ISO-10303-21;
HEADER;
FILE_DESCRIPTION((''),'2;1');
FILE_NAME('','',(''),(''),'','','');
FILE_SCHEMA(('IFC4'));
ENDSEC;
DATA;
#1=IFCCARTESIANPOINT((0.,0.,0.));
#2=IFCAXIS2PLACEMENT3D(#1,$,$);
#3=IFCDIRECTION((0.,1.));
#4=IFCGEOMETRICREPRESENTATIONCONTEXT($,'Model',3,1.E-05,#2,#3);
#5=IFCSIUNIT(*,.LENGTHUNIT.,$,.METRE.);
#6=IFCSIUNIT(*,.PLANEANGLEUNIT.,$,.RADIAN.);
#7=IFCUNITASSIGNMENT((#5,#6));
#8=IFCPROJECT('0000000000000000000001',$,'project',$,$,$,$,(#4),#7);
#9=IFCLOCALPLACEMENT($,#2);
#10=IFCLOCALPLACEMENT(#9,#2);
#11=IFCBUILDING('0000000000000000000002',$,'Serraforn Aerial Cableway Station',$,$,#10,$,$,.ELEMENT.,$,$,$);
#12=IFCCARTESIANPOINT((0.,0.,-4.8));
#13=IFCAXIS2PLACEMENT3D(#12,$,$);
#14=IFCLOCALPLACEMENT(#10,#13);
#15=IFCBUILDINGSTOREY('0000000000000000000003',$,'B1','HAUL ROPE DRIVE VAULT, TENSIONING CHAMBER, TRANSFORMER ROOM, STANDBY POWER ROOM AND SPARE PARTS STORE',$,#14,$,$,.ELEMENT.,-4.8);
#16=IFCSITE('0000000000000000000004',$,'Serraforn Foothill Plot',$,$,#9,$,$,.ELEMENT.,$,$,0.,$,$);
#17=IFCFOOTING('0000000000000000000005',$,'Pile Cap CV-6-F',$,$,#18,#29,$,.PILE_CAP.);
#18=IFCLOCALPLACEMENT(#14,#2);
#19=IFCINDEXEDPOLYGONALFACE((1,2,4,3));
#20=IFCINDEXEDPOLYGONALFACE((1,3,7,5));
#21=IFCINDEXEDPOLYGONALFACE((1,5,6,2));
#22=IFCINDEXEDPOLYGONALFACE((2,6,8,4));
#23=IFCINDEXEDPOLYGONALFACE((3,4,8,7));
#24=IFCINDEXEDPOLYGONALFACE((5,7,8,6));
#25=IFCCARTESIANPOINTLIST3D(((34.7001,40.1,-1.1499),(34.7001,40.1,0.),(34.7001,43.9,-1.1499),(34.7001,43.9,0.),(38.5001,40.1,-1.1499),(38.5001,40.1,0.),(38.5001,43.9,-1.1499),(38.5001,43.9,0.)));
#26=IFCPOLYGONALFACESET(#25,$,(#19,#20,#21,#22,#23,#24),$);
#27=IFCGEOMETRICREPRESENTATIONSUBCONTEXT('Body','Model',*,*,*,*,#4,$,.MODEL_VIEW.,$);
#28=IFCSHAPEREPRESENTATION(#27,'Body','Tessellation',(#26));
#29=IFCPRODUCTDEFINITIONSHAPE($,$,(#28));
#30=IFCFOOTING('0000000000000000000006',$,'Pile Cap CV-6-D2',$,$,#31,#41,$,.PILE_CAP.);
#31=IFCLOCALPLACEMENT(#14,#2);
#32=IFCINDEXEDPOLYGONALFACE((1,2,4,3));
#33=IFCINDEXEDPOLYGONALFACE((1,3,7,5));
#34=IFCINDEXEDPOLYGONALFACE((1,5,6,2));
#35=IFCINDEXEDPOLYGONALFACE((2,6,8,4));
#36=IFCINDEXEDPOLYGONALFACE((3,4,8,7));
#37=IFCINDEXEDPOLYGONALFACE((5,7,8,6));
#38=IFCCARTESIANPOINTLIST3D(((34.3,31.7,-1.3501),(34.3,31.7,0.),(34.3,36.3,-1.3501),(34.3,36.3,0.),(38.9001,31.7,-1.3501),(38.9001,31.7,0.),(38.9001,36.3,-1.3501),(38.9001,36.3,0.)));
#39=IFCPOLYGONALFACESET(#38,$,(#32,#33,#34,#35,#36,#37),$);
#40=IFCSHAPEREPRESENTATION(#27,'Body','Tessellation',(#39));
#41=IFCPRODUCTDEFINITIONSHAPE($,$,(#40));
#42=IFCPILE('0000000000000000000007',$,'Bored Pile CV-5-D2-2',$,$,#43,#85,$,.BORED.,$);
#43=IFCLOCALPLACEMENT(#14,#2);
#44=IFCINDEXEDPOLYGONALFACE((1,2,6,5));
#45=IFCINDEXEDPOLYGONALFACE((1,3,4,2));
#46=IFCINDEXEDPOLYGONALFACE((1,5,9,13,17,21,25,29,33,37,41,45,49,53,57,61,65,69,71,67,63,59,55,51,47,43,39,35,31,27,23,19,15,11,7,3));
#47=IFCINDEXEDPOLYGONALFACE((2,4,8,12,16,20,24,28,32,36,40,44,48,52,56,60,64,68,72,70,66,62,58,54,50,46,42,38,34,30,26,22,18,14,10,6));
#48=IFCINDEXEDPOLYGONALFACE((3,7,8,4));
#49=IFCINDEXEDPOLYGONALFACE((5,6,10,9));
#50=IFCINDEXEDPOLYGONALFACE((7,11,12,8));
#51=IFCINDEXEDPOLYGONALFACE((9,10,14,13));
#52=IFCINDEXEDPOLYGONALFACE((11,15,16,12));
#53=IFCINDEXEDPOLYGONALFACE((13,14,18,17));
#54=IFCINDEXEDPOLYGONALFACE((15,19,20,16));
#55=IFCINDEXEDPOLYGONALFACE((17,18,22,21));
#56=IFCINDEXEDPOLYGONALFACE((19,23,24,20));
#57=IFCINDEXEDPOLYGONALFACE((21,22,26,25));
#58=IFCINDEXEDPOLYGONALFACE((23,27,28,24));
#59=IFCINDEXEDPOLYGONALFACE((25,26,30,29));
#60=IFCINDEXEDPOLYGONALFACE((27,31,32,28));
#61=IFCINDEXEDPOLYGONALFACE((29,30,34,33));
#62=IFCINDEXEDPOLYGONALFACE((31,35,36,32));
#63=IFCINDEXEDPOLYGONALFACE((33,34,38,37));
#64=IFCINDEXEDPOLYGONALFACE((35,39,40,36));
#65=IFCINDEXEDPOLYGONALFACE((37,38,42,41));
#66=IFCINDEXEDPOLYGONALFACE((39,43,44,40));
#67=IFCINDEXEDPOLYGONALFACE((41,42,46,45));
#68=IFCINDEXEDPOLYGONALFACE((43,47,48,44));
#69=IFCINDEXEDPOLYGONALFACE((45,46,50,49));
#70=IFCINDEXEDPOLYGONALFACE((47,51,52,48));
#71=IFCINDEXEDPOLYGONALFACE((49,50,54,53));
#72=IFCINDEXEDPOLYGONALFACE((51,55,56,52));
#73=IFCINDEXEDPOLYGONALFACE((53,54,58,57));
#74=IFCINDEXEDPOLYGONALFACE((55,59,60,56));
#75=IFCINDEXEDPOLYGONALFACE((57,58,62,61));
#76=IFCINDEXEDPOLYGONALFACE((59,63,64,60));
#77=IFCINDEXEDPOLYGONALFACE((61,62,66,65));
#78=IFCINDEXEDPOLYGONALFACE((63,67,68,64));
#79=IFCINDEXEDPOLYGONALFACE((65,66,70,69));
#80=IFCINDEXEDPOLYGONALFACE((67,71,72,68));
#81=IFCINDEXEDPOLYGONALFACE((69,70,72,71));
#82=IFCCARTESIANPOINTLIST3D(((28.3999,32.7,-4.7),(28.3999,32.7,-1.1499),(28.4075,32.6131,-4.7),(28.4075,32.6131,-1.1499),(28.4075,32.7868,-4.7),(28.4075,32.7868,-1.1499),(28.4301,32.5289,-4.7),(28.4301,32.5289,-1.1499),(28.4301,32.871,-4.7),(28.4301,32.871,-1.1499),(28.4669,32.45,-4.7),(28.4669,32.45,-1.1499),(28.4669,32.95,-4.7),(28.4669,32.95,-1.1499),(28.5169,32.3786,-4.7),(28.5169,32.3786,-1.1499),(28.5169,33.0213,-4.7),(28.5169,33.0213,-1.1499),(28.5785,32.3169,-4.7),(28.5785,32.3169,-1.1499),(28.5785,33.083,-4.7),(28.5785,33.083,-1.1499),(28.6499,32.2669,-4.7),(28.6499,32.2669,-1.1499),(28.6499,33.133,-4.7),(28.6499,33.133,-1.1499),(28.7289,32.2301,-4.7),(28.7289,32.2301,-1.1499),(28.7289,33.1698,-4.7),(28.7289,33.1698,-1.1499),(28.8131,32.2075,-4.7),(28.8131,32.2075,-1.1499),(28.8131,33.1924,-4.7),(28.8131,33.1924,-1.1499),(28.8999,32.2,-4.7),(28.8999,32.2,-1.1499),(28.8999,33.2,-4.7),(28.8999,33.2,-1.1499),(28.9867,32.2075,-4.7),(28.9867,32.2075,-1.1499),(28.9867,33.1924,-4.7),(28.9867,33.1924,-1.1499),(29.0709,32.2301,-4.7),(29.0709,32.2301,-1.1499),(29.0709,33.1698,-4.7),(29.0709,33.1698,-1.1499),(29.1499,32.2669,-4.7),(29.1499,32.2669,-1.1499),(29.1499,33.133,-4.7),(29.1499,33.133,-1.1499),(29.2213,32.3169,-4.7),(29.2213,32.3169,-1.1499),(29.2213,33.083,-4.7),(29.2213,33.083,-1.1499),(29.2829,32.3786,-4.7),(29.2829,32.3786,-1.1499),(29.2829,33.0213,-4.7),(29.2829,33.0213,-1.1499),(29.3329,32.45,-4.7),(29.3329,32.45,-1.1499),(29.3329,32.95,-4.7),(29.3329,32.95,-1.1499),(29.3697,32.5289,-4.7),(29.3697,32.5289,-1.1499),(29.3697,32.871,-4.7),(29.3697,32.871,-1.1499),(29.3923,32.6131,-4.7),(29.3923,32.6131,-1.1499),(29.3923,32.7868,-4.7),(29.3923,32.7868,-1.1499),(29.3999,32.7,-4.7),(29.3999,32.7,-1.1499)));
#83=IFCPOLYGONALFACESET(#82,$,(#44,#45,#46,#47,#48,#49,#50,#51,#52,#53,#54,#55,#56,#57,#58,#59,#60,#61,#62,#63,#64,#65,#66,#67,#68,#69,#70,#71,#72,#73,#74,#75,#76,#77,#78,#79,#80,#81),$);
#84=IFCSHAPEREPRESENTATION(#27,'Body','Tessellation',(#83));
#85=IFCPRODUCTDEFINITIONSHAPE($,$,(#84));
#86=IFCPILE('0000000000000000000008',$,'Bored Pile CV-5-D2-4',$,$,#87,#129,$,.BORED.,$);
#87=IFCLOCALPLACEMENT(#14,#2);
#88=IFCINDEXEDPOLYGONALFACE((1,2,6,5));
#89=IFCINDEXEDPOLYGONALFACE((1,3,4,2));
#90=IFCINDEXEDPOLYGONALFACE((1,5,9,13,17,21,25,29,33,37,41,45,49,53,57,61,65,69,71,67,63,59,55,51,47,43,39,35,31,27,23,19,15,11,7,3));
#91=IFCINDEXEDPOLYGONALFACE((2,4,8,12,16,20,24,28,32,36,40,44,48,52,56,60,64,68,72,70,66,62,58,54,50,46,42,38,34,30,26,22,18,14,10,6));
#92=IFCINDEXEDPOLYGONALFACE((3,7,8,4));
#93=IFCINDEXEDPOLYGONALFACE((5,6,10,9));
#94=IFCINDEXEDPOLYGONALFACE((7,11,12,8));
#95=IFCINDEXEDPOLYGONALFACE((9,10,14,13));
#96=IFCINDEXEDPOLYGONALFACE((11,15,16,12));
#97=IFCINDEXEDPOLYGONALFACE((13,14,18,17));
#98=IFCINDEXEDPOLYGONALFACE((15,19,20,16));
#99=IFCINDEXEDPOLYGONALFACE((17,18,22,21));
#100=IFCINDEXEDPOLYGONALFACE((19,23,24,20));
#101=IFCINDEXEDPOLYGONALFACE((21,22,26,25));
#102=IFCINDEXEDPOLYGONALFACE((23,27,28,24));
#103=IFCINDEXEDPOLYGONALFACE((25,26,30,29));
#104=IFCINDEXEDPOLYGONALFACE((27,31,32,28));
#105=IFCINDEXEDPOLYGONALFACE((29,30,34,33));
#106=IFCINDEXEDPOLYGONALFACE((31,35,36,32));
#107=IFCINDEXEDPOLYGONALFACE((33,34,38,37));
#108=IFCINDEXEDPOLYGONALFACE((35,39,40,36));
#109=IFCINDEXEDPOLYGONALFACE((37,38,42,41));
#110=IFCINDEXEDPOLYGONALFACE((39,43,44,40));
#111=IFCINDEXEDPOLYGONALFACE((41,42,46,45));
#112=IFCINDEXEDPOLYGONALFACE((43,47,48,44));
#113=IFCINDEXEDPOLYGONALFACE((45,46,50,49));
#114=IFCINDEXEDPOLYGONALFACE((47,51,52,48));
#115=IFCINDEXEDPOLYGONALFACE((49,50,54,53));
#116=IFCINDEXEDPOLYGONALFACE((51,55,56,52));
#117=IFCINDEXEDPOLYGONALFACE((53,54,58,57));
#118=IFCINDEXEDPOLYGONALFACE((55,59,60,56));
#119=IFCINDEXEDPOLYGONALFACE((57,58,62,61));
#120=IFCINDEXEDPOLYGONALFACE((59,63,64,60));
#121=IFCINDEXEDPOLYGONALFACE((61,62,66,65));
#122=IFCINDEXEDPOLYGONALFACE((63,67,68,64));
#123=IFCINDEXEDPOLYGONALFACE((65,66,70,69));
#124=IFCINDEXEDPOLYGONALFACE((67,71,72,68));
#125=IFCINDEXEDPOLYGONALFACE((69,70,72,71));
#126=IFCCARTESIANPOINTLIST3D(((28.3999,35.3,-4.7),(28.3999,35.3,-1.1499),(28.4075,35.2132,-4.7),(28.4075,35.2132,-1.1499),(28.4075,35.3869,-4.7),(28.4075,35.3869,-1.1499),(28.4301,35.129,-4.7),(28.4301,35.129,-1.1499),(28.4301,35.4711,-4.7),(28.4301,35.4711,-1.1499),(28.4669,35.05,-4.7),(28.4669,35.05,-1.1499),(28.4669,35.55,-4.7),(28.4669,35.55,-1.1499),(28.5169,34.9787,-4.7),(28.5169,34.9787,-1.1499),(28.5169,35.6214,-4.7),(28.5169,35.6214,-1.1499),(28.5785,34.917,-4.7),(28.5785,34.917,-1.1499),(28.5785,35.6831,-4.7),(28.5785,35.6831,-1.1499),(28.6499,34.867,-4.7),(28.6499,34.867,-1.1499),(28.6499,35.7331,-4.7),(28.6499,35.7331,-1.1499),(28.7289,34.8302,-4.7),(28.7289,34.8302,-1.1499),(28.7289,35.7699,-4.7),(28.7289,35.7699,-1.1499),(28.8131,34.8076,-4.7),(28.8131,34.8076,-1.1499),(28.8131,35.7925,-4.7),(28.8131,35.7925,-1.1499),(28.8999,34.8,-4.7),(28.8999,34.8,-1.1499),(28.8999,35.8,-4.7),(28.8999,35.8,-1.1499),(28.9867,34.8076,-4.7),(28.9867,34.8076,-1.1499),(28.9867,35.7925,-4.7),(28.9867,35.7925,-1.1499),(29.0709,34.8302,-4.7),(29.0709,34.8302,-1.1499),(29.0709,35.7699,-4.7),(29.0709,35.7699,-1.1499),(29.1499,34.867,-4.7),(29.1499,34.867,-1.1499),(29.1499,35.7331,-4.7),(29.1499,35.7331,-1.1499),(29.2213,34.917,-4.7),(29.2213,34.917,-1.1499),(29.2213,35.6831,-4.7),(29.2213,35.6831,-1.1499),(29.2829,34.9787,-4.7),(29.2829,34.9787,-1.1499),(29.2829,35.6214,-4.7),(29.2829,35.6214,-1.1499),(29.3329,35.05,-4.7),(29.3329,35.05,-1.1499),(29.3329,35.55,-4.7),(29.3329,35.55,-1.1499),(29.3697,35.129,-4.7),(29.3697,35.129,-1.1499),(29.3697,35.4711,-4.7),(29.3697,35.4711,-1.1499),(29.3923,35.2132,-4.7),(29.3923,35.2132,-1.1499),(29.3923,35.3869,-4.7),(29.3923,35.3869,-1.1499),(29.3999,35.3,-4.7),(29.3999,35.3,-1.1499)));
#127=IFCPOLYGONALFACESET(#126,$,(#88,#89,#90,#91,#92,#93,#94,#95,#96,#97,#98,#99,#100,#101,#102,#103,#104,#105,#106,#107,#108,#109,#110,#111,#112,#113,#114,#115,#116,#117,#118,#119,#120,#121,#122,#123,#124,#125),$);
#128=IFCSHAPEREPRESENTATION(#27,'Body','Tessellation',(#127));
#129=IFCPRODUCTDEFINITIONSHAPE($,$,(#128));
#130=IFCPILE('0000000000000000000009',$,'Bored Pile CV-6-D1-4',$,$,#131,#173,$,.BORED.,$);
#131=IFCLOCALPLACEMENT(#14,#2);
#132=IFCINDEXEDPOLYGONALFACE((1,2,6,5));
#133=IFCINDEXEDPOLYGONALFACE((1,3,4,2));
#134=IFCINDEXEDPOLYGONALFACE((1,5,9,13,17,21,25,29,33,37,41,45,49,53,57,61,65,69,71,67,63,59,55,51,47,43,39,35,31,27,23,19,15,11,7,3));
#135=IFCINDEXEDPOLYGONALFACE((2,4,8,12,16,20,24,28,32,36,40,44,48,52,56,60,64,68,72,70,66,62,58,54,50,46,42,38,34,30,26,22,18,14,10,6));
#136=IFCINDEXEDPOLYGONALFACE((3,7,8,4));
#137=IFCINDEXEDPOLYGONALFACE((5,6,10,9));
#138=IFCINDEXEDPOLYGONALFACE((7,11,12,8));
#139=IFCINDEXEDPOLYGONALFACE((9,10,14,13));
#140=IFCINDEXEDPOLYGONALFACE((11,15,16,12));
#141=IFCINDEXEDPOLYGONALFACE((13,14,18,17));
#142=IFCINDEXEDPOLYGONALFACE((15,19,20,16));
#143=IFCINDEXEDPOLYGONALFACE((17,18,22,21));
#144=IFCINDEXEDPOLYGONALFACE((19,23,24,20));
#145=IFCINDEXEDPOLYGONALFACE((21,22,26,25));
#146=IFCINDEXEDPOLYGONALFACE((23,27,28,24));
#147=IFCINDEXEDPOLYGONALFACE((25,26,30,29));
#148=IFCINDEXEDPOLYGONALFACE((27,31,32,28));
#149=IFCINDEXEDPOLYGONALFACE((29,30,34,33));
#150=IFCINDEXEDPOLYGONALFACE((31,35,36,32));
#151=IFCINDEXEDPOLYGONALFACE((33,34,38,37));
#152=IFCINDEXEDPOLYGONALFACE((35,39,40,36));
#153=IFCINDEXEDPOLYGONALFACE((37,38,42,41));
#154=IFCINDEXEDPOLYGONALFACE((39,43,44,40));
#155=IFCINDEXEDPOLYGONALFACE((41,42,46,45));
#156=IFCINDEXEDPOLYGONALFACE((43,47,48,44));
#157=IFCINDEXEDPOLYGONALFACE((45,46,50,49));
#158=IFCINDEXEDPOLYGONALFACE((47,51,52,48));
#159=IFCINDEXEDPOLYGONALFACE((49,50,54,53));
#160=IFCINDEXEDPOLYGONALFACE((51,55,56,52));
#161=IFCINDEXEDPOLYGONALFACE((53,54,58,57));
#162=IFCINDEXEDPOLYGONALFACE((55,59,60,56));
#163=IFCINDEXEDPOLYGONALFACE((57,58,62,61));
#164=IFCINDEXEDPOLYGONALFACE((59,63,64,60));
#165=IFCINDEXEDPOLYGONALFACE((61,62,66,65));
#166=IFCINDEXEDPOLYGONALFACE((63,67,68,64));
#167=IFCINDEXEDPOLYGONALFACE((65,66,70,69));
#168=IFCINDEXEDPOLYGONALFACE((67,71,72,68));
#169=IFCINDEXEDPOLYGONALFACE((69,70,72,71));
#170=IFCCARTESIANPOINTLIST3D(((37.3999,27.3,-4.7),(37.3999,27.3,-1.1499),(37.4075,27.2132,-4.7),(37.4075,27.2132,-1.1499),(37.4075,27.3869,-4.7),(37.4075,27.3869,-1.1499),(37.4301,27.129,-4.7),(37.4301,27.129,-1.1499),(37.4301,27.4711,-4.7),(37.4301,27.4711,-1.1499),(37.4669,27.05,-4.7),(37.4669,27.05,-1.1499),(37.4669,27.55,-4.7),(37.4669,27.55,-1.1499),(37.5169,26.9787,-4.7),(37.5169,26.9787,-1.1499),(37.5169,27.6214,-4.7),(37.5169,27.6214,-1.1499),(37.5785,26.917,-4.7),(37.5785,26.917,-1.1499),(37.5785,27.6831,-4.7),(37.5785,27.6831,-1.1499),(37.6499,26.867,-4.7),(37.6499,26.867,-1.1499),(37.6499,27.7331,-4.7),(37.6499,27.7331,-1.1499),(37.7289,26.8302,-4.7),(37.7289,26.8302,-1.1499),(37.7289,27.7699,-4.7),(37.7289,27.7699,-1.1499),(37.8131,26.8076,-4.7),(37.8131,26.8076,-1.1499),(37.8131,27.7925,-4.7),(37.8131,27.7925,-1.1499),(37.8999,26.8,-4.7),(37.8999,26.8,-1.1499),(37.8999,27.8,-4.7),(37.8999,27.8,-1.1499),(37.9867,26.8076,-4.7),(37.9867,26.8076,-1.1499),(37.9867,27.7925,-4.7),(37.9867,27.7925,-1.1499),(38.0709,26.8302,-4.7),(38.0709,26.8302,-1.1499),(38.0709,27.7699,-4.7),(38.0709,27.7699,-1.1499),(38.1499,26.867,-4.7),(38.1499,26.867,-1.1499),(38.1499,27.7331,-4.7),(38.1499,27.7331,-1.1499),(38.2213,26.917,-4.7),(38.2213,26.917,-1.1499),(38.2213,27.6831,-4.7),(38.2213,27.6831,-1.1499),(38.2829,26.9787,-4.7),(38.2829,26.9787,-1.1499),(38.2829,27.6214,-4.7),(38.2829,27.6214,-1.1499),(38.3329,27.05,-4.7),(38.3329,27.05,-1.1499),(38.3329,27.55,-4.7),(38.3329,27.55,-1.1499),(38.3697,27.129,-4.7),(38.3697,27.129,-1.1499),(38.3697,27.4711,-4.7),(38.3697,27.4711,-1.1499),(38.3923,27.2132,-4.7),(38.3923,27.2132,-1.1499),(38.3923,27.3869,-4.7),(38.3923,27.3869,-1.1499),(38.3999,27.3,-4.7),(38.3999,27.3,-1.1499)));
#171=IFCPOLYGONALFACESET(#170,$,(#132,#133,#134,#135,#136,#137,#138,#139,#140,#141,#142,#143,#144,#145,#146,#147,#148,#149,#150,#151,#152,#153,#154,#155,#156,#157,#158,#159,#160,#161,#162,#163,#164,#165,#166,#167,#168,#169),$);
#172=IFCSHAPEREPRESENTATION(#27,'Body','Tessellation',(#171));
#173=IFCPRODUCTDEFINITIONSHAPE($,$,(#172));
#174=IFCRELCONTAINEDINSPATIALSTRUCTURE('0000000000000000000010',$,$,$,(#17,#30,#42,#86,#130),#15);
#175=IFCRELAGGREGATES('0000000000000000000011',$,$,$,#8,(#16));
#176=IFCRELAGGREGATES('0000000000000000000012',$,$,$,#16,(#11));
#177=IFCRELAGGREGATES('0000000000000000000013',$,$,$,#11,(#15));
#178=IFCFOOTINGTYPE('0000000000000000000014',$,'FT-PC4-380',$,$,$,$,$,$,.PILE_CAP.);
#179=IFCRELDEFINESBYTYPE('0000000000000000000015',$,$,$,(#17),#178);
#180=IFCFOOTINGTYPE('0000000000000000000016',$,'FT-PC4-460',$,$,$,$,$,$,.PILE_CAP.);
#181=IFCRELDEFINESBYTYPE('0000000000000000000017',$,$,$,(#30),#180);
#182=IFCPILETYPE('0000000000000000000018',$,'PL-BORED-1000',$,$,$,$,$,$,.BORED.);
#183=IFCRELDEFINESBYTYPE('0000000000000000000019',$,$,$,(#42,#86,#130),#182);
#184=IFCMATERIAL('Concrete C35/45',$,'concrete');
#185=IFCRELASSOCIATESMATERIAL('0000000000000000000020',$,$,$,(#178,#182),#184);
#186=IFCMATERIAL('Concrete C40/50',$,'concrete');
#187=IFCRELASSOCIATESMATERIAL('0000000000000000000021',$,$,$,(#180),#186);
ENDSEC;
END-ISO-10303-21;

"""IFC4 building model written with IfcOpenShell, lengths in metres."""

from ifc_helpers import new_model, si_unit, direction, frame, origin, origin_2d, place, context, subcontext, project, spatial, rectangle, circle, extrude, material, material_profile, profile_set, type_object, element, save


model = new_model("IFC4")

# Units and contexts
model_context = context("Model", 3, precision=1e-05, world=origin(), true_north=direction((0.0, 1.0)))
body_context = subcontext(model_context, "Body", "Model", "MODEL_VIEW")
ifc_project = project(units=[si_unit("LENGTHUNIT", "METRE"), si_unit("PLANEANGLEUNIT", "RADIAN")], contexts=[model_context])

# Site, building, storey
site_placement = place(None, origin())
site = spatial("IfcSite", under=ifc_project, at=site_placement, Name="Serraforn Foothill Plot", CompositionType="ELEMENT", RefElevation=0.0)
building_placement = place(site_placement, origin())
building = spatial("IfcBuilding", under=site, at=building_placement, Name="Serraforn Aerial Cableway Station", CompositionType="ELEMENT")
storey_placement = place(building_placement, frame((0.0, 0.0, -4.8)))
storey = spatial("IfcBuildingStorey", under=building, at=storey_placement, Name="B1", Description="HAUL ROPE DRIVE VAULT, TENSIONING CHAMBER, TRANSFORMER ROOM, STANDBY POWER ROOM AND SPARE PARTS STORE", CompositionType="ELEMENT", Elevation=-4.8)

# Footings
ifc_material_1 = material(Name="Concrete C35/45", Category="concrete")
footing_type_1 = type_object("IfcFootingType", Name="FT-PC4-380", PredefinedType="PILE_CAP", material=ifc_material_1)
footing_1_placement = place(storey_placement, frame((36.6001, 42.0, -1.1499), z_axis=(0.0, 0.0, 1.0), x_axis=(1.0, 0.0, 0.0)))
element("IfcFooting", 1, at=footing_1_placement, inside=storey, type_object=footing_type_1, Name="Pile Cap CV-6-F", PredefinedType="PILE_CAP", context=body_context, shape_type="SweptSolid", body=[
    extrude(rectangle(XDim=3.8, YDim=3.8, at=origin_2d()), origin(), (0.0, 0.0, 1.0), 1.1499),
])
ifc_material_2 = material(Name="Concrete C40/50", Category="concrete")
footing_type_2 = type_object("IfcFootingType", Name="FT-PC4-460", PredefinedType="PILE_CAP", material=ifc_material_2)
footing_2_placement = place(storey_placement, frame((36.6001, 34.0, -1.3501), z_axis=(0.0, 0.0, 1.0), x_axis=(1.0, 0.0, 0.0)))
element("IfcFooting", 2, at=footing_2_placement, inside=storey, type_object=footing_type_2, Name="Pile Cap CV-6-D2", PredefinedType="PILE_CAP", context=body_context, shape_type="SweptSolid", body=[
    extrude(rectangle(XDim=4.6001, YDim=4.6001, at=origin_2d()), origin(), (0.0, 0.0, 1.0), 1.3501),
])

# Piles
ifc_material_profile_1 = material_profile(ifc_material_1, circle(Radius=0.5, at=origin_2d()), Name="BORED PILE D1000")
ifc_profile_set_1 = profile_set([ifc_material_profile_1], Name="Concrete C35/45")
pile_type_1 = type_object("IfcPileType", Name="PL-BORED-1000", PredefinedType="BORED", material=ifc_profile_set_1)
for number, where, z_axis, x_axis, name in (
    (3, (28.8999, 32.7, -1.1499), (0.0, 0.0, -1.0), (1.0, 0.0, 0.0), "Bored Pile CV-5-D2-2"),
    (4, (28.8999, 35.3, -1.1499), (0.0, 0.0, -1.0), (1.0, 0.0, 0.0), "Bored Pile CV-5-D2-4"),
    (5, (37.8999, 27.3, -1.1499), (0.0, 0.0, -1.0), (1.0, 0.0, 0.0), "Bored Pile CV-6-D1-4"),
):
    element("IfcPile", number, at=place(storey_placement, frame(where, z_axis=z_axis, x_axis=x_axis)), inside=storey, type_object=pile_type_1, Name=name, PredefinedType="BORED", context=body_context, shape_type="SweptSolid", body=[
        extrude(circle(Radius=0.5, at=origin_2d()), origin(), (0.0, 0.0, 1.0), 3.55),
    ])

save(model, "model.ifc")
